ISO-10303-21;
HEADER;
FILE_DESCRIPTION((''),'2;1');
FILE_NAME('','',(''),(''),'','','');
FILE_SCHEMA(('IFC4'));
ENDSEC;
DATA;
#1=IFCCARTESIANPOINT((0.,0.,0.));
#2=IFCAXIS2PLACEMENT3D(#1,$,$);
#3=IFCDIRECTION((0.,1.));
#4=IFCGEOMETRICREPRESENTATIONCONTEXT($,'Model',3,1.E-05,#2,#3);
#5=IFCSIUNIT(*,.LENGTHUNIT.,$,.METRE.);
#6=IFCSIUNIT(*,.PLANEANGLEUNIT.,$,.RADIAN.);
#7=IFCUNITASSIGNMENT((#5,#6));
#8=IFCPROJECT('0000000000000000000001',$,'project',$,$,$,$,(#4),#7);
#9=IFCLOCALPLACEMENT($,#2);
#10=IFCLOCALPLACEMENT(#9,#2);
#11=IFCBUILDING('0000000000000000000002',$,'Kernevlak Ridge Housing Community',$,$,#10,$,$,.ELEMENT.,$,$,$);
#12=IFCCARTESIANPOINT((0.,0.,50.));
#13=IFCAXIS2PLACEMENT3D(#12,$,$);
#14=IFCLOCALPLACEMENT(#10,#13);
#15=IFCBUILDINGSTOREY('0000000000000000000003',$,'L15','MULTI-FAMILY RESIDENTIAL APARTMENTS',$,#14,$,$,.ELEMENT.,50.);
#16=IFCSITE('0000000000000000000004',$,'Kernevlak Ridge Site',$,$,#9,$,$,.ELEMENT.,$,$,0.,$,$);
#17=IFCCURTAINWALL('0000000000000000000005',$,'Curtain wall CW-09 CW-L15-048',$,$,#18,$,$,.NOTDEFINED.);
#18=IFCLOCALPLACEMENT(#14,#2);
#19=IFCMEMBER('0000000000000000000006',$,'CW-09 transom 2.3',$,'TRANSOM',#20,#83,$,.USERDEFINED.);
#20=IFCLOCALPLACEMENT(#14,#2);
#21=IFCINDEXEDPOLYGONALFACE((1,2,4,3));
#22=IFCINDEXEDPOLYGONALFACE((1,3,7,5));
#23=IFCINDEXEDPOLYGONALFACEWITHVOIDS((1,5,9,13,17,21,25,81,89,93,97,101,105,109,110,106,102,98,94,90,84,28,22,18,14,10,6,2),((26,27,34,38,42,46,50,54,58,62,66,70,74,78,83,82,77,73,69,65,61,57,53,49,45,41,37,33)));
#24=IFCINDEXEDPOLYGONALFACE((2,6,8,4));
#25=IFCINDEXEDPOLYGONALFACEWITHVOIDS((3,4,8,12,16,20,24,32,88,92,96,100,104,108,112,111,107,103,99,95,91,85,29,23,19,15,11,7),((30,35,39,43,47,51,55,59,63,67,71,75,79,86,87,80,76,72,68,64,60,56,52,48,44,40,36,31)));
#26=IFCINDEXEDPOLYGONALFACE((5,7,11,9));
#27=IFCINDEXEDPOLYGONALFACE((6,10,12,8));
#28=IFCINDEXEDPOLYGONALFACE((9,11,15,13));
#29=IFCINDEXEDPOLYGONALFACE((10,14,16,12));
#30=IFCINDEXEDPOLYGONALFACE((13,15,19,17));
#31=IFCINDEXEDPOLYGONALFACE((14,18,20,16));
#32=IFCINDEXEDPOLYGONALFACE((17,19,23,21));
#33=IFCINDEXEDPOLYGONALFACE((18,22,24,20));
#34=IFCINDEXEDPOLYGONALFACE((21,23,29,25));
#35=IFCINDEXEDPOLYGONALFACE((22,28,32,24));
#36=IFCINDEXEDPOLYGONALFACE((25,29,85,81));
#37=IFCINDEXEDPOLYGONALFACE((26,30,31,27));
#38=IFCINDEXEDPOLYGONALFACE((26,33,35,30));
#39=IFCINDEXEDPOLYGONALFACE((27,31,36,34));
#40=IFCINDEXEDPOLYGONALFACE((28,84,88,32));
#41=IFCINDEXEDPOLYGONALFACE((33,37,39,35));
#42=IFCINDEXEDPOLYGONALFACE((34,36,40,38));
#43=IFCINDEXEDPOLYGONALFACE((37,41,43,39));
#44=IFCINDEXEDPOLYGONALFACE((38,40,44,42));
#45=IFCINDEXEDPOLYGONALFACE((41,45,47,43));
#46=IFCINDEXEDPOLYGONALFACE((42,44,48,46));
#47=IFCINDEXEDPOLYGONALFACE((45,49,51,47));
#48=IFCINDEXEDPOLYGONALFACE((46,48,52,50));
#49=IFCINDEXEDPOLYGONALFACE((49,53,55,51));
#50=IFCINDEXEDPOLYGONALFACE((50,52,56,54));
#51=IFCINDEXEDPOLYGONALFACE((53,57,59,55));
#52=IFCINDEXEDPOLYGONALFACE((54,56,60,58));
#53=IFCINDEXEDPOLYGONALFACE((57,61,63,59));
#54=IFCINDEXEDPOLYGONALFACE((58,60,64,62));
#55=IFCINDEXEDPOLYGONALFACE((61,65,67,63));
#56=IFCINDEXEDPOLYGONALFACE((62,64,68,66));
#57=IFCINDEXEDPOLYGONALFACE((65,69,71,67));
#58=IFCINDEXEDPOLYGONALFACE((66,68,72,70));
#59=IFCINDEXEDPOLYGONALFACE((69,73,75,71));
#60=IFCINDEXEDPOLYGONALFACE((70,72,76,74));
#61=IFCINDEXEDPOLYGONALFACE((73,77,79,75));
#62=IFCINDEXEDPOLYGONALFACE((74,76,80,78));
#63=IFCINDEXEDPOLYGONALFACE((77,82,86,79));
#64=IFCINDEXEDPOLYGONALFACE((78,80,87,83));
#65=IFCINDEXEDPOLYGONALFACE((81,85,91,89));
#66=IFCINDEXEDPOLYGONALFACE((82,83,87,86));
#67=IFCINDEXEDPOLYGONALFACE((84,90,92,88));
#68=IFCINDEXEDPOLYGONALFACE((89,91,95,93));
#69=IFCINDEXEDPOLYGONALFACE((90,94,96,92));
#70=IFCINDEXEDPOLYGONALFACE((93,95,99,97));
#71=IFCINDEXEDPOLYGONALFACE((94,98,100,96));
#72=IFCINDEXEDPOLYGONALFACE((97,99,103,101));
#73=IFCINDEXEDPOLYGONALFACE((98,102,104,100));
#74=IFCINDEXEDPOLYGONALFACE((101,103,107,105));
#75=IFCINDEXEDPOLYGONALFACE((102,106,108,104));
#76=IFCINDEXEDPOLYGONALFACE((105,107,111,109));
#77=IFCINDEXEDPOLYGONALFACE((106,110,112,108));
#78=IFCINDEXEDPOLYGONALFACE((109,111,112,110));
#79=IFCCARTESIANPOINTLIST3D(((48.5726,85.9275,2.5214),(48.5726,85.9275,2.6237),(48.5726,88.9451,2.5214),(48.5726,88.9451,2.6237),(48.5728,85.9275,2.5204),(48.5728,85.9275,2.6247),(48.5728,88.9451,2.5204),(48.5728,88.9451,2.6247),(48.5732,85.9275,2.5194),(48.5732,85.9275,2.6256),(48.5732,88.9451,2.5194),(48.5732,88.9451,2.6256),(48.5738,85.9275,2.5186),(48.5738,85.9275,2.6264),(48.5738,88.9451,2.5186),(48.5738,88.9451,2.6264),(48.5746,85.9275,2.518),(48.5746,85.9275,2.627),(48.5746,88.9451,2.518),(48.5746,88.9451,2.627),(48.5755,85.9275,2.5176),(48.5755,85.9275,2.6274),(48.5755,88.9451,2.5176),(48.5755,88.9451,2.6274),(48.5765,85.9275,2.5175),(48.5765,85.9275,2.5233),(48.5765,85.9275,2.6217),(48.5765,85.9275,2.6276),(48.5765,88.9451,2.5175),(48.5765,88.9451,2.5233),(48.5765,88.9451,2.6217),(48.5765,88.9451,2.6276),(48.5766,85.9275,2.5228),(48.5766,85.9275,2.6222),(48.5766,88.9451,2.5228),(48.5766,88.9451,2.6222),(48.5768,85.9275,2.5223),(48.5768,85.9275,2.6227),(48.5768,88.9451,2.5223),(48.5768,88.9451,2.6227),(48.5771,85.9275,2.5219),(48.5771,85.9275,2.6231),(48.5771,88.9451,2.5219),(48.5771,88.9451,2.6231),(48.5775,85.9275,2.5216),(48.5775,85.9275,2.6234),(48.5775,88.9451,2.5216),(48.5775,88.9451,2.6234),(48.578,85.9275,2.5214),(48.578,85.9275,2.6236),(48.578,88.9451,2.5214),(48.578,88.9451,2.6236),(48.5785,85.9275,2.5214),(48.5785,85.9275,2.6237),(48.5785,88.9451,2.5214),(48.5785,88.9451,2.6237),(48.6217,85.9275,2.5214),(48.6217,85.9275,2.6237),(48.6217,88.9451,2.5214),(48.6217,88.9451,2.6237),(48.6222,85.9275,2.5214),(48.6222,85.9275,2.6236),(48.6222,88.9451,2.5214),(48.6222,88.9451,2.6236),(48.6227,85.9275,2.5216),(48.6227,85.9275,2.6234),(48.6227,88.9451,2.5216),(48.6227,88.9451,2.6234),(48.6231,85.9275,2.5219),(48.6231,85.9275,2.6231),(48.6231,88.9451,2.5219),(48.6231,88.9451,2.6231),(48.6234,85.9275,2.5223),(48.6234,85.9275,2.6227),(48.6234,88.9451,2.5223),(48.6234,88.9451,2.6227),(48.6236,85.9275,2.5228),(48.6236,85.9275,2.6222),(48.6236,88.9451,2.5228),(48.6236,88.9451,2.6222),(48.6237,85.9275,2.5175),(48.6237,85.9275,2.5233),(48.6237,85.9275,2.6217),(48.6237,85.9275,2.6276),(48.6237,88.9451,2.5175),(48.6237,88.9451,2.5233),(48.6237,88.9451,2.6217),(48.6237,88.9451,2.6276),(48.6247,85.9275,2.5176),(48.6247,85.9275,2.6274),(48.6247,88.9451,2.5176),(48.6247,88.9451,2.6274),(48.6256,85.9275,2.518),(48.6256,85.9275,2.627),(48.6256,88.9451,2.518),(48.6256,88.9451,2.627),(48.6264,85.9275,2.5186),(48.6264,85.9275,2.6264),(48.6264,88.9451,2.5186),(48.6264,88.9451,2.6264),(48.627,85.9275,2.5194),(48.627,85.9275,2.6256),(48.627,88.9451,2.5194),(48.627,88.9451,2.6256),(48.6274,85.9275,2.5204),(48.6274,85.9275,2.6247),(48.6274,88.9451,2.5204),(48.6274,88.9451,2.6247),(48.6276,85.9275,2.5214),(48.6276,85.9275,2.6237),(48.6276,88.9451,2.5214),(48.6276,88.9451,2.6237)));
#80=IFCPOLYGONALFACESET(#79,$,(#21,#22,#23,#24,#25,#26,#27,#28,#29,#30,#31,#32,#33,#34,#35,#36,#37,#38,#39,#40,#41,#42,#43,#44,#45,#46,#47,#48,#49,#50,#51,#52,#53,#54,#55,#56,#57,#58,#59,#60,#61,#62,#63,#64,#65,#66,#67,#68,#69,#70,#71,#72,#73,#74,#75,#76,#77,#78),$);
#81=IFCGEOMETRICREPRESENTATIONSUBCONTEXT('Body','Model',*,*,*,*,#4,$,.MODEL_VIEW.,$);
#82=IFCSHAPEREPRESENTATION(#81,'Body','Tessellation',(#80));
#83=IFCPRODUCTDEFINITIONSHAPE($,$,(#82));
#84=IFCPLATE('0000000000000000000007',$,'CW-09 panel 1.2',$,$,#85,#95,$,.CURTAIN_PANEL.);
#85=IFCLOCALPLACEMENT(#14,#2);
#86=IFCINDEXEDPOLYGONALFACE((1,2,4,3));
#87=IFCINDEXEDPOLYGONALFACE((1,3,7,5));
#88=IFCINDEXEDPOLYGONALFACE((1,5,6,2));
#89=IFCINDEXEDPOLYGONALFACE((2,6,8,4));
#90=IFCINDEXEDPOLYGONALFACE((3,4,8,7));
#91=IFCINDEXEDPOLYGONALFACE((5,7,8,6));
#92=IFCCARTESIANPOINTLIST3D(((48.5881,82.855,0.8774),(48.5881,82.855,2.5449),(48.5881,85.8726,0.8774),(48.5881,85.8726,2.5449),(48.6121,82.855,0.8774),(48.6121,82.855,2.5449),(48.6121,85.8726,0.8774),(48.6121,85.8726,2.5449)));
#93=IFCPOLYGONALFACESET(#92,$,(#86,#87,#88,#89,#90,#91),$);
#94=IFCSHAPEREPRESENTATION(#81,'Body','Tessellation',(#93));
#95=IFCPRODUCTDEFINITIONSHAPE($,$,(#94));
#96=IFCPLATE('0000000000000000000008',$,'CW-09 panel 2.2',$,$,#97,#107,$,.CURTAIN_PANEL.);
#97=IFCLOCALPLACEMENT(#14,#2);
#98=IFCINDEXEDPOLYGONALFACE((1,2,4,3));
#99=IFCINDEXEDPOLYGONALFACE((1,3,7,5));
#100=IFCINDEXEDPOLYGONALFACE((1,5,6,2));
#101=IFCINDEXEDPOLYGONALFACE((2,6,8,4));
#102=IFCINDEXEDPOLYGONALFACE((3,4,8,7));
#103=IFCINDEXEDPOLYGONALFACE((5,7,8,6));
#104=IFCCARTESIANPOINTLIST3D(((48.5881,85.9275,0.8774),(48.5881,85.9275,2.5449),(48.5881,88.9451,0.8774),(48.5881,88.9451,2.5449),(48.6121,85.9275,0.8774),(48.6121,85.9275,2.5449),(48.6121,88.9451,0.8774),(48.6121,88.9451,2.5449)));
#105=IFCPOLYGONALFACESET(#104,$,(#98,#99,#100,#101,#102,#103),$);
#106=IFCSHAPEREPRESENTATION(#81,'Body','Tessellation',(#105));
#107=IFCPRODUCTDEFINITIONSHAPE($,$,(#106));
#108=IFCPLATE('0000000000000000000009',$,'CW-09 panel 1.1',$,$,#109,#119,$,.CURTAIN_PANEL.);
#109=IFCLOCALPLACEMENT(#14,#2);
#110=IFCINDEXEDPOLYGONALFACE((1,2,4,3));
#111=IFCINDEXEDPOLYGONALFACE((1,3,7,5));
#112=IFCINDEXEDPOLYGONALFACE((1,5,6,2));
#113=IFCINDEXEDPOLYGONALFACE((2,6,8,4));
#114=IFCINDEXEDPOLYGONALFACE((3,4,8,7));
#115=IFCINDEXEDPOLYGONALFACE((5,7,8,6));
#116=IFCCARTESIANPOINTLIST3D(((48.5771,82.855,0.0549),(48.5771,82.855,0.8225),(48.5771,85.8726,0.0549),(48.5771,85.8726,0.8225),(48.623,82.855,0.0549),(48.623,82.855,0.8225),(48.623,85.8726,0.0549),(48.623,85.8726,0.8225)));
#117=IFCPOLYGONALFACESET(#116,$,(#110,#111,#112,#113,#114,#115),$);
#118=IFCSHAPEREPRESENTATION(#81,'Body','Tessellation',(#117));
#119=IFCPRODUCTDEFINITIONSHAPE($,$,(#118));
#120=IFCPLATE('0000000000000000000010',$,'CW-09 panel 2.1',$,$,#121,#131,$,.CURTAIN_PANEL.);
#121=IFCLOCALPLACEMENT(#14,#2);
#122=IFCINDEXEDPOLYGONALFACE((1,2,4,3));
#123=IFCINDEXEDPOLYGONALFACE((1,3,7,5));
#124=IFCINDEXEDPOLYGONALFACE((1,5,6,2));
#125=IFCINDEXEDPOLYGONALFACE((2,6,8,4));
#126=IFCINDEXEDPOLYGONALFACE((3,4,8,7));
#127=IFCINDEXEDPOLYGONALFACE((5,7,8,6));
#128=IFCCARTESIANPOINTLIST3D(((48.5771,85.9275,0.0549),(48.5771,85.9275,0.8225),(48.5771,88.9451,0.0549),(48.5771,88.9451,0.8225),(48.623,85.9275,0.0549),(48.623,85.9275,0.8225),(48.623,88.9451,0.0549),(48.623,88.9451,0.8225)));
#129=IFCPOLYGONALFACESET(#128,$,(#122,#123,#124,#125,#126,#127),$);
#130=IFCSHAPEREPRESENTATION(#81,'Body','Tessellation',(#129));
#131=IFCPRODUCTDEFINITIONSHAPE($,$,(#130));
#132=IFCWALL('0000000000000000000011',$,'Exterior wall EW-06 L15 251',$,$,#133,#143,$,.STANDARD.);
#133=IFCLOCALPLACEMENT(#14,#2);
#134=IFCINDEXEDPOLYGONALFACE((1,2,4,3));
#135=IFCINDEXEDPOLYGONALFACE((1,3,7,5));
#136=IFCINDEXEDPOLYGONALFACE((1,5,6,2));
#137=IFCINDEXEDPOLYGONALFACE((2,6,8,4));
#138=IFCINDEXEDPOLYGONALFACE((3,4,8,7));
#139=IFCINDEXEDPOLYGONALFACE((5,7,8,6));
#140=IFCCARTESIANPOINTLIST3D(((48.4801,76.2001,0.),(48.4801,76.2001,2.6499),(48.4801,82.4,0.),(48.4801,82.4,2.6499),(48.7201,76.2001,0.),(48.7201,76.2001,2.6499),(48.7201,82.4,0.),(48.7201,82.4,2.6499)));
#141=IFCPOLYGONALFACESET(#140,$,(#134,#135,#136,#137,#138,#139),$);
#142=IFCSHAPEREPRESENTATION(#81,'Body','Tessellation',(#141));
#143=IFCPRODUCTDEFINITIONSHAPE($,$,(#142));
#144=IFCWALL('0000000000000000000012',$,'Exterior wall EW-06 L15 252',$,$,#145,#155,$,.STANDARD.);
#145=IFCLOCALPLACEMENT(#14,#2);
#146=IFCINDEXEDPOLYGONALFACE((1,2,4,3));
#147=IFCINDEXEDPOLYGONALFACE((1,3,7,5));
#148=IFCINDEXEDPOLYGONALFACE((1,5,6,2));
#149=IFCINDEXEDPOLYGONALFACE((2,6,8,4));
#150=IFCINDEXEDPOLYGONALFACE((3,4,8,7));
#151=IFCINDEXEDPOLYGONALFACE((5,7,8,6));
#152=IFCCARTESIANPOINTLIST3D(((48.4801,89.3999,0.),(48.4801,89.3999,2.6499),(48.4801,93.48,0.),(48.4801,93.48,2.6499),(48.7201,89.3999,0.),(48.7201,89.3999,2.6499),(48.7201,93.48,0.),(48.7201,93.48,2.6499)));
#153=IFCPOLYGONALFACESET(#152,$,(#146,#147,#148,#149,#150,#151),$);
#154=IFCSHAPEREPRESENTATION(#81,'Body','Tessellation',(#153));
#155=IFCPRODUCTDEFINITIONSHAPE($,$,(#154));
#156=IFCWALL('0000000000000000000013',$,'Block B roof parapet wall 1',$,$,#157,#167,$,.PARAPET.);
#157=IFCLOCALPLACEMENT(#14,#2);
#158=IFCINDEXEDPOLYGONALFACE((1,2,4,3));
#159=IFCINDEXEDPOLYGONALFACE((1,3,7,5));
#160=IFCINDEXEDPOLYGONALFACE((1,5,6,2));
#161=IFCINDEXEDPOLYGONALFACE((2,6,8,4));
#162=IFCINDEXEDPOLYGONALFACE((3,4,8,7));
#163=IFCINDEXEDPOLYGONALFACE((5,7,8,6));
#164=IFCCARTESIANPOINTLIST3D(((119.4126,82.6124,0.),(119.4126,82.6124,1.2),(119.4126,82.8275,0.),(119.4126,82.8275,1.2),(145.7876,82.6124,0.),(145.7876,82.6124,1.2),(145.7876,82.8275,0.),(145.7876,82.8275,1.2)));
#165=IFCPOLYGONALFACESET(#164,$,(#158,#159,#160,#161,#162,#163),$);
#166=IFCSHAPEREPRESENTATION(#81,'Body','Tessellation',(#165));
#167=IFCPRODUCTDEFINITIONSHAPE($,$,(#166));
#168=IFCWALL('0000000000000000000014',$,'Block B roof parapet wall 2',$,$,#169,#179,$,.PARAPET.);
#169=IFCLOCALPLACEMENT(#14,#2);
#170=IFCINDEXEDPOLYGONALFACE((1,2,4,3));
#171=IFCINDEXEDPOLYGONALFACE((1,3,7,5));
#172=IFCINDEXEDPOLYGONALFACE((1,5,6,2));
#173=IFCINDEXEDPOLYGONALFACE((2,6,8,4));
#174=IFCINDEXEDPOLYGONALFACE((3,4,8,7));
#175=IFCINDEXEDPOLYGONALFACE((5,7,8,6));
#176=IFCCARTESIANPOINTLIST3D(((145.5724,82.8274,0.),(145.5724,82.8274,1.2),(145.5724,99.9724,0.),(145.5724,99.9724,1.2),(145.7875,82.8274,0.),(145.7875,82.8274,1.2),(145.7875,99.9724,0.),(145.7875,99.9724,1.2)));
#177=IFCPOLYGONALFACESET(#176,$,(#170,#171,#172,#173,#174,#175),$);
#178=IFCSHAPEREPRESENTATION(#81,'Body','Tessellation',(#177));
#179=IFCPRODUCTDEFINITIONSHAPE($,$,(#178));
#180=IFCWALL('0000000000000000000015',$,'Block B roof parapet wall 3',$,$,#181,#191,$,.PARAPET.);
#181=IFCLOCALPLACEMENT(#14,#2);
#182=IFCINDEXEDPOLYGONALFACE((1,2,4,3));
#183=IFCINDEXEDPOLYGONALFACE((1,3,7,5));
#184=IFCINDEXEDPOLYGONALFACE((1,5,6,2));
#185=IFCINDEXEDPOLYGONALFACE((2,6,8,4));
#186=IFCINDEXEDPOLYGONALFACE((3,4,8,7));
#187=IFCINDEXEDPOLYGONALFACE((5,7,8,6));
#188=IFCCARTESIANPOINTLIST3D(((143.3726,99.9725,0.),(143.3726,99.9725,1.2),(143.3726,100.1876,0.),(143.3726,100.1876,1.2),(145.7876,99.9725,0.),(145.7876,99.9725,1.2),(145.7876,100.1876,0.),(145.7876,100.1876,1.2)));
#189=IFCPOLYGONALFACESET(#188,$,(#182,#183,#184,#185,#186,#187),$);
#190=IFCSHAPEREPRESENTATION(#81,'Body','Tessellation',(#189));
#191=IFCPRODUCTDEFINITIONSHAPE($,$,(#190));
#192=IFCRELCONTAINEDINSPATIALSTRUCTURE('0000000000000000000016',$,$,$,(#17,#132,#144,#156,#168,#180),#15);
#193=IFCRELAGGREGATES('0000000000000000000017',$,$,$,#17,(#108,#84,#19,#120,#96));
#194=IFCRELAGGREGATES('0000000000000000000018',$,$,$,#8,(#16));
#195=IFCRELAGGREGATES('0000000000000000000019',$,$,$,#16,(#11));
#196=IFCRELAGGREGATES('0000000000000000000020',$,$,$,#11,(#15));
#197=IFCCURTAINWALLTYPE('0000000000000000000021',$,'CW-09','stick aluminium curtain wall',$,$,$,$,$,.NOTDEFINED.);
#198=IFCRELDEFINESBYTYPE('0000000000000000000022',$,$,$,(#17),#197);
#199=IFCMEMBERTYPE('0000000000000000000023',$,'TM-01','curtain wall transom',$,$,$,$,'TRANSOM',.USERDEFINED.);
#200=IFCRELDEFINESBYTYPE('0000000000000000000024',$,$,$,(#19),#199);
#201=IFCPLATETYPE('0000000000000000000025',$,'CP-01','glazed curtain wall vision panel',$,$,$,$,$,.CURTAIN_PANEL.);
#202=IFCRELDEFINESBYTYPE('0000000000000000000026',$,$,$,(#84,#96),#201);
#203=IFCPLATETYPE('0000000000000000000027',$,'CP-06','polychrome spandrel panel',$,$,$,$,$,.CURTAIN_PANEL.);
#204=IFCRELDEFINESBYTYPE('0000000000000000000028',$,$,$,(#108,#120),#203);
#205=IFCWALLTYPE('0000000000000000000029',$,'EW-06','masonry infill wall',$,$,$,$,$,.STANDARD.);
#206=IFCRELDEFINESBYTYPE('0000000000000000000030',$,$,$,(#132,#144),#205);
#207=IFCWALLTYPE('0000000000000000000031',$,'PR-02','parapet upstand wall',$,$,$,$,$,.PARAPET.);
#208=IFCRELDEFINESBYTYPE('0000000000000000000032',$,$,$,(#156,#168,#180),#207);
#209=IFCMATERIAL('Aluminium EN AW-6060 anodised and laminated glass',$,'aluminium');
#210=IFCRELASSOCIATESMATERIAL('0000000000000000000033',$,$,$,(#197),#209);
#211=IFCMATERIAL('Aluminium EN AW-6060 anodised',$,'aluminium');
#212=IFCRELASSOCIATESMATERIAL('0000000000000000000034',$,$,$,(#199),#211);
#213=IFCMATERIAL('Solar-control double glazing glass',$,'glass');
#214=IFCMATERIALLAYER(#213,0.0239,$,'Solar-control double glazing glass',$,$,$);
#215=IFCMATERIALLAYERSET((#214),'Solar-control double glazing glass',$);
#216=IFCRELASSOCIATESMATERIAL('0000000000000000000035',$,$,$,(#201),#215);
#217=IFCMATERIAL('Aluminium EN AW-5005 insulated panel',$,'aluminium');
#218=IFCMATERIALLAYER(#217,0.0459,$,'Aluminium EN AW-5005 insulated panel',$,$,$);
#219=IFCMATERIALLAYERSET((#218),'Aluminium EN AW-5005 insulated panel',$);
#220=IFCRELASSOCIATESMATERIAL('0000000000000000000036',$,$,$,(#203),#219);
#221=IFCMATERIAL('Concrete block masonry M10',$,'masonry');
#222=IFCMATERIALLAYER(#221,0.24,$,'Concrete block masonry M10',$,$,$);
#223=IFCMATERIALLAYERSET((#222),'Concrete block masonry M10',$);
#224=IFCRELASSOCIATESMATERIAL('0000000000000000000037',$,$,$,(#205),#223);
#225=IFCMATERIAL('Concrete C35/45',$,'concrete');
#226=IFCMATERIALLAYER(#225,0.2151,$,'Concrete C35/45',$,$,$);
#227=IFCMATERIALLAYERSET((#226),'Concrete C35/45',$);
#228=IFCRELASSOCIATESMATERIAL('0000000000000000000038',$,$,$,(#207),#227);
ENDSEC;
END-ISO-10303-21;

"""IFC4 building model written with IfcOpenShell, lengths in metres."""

from ifc_helpers import new_model, si_unit, direction, frame, frame_2d, origin, origin_2d, place, context, subcontext, project, spatial, rectangle, hollow_rectangle, extrude, material, layer, layer_set, material_profile, profile_set, type_object, element, aggregate, save


model = new_model("IFC4")

# Units and contexts
model_context = context("Model", 3, precision=1e-05, world=origin(), true_north=direction((0.0, 1.0)))
body_context = subcontext(model_context, "Body", "Model", "MODEL_VIEW")
ifc_project = project(units=[si_unit("LENGTHUNIT", "METRE"), si_unit("PLANEANGLEUNIT", "RADIAN")], contexts=[model_context])

# Site, building, storey
site_placement = place(None, origin())
site = spatial("IfcSite", under=ifc_project, at=site_placement, Name="Kernevlak Ridge Site", CompositionType="ELEMENT", RefElevation=0.0)
building_placement = place(site_placement, origin())
building = spatial("IfcBuilding", under=site, at=building_placement, Name="Kernevlak Ridge Housing Community", CompositionType="ELEMENT")
storey_placement = place(building_placement, frame((0.0, 0.0, 50.0)))
storey = spatial("IfcBuildingStorey", under=building, at=storey_placement, Name="L15", Description="MULTI-FAMILY RESIDENTIAL APARTMENTS", CompositionType="ELEMENT", Elevation=50.0)

# Shared definitions
ifc_material_1 = material(Name="Concrete C35/45", Category="concrete")

# Curtain wall
ifc_material_2 = material(Name="Aluminium EN AW-6060 anodised and laminated glass", Category="aluminium")
curtain_wall_type = type_object("IfcCurtainWallType", Name="CW-09", Description="stick aluminium curtain wall", PredefinedType="NOTDEFINED", material=ifc_material_2)
curtain_wall_placement = place(storey_placement, origin())
curtain_wall = element("IfcCurtainWall", 1, at=curtain_wall_placement, inside=storey, type_object=curtain_wall_type, Name="Curtain wall CW-09 CW-L15-048", PredefinedType="NOTDEFINED")
ifc_material_3 = material(Name="Aluminium EN AW-6060 anodised", Category="aluminium")

# Member
ifc_material_profile_1 = material_profile(ifc_material_3, hollow_rectangle(XDim=0.0549, YDim=0.1101, WallThickness=0.0039, InnerFilletRadius=0.002, OuterFilletRadius=0.0039, at=origin_2d()), Name="ALU 55x110x4")
ifc_profile_set_1 = profile_set([ifc_material_profile_1], Name="Aluminium EN AW-6060 anodised")
member_type_1 = type_object("IfcMemberType", Name="TM-01", Description="curtain wall transom", ElementType="TRANSOM", PredefinedType="USERDEFINED", material=ifc_profile_set_1)
member_1_placement = place(storey_placement, frame((48.6001, 85.9275, 2.5725), z_axis=(0.0, 1.0, 0.0), x_axis=(-1.0, 0.0, 0.0)))
member_1 = element("IfcMember", 2, at=member_1_placement, type_object=member_type_1, Name="CW-09 transom 2.3", ObjectType="TRANSOM", PredefinedType="USERDEFINED", context=body_context, shape_type="SweptSolid", body=[
    extrude(hollow_rectangle(XDim=0.0549, YDim=0.1101, WallThickness=0.0039, InnerFilletRadius=0.002, OuterFilletRadius=0.0039, at=origin_2d()), origin(), (0.0, 0.0, 1.0), 3.0176),
])

# Plates
ifc_material_4 = material(Name="Solar-control double glazing glass", Category="glass")
ifc_layer_1 = layer(ifc_material_4, 0.0239, Name="Solar-control double glazing glass")
ifc_layer_set_1 = layer_set([ifc_layer_1], Name="Solar-control double glazing glass")
plate_type_1 = type_object("IfcPlateType", Name="CP-01", Description="glazed curtain wall vision panel", PredefinedType="CURTAIN_PANEL", material=ifc_layer_set_1)
plate_1_placement = place(storey_placement, frame((48.6001, 84.3638, 0.8774), z_axis=(0.0, 0.0, 1.0), x_axis=(0.0, 1.0, 0.0)))
plate_1 = element("IfcPlate", 3, at=plate_1_placement, type_object=plate_type_1, Name="CW-09 panel 1.2", PredefinedType="CURTAIN_PANEL", context=body_context, shape_type="SweptSolid", body=[
    extrude(rectangle(XDim=3.0176, YDim=0.0239, at=origin_2d()), origin(), (0.0, 0.0, 1.0), 1.6675),
])
plate_2_placement = place(storey_placement, frame((48.6001, 87.4363, 0.8774), z_axis=(0.0, 0.0, 1.0), x_axis=(0.0, 1.0, 0.0)))
plate_2 = element("IfcPlate", 4, at=plate_2_placement, type_object=plate_type_1, Name="CW-09 panel 2.2", PredefinedType="CURTAIN_PANEL", context=body_context, shape_type="SweptSolid", body=[
    extrude(rectangle(XDim=3.0176, YDim=0.0239, at=origin_2d()), origin(), (0.0, 0.0, 1.0), 1.6675),
])
ifc_material_5 = material(Name="Aluminium EN AW-5005 insulated panel", Category="aluminium")
ifc_layer_2 = layer(ifc_material_5, 0.0459, Name="Aluminium EN AW-5005 insulated panel")
ifc_layer_set_2 = layer_set([ifc_layer_2], Name="Aluminium EN AW-5005 insulated panel")
plate_type_2 = type_object("IfcPlateType", Name="CP-06", Description="polychrome spandrel panel", PredefinedType="CURTAIN_PANEL", material=ifc_layer_set_2)
plate_3_placement = place(storey_placement, frame((48.6001, 84.3638, 0.0549), z_axis=(0.0, 0.0, 1.0), x_axis=(0.0, 1.0, 0.0)))
plate_3 = element("IfcPlate", 5, at=plate_3_placement, type_object=plate_type_2, Name="CW-09 panel 1.1", PredefinedType="CURTAIN_PANEL", context=body_context, shape_type="SweptSolid", body=[
    extrude(rectangle(XDim=3.0176, YDim=0.0459, at=origin_2d()), origin(), (0.0, 0.0, 1.0), 0.7676),
])
plate_4_placement = place(storey_placement, frame((48.6001, 87.4363, 0.0549), z_axis=(0.0, 0.0, 1.0), x_axis=(0.0, 1.0, 0.0)))
plate_4 = element("IfcPlate", 6, at=plate_4_placement, type_object=plate_type_2, Name="CW-09 panel 2.1", PredefinedType="CURTAIN_PANEL", context=body_context, shape_type="SweptSolid", body=[
    extrude(rectangle(XDim=3.0176, YDim=0.0459, at=origin_2d()), origin(), (0.0, 0.0, 1.0), 0.7676),
])
aggregate(curtain_wall, [plate_3, plate_1, member_1, plate_4, plate_2])

# Walls
ifc_material_6 = material(Name="Concrete block masonry M10", Category="masonry")
ifc_layer_3 = layer(ifc_material_6, 0.24, Name="Concrete block masonry M10")
ifc_layer_set_3 = layer_set([ifc_layer_3], Name="Concrete block masonry M10")
wall_type_1 = type_object("IfcWallType", Name="EW-06", Description="masonry infill wall", PredefinedType="STANDARD", material=ifc_layer_set_3)
wall_1_placement = place(storey_placement, frame((48.6001, 76.2, 0.0), z_axis=(0.0, 0.0, 1.0), x_axis=(0.0, 1.0, 0.0)))
element("IfcWall", 7, at=wall_1_placement, inside=storey, type_object=wall_type_1, Name="Exterior wall EW-06 L15 251", PredefinedType="STANDARD", context=body_context, shape_type="SweptSolid", body=[
    extrude(rectangle(XDim=6.2, YDim=0.24, at=frame_2d((3.1001, 0.0))), origin(), (0.0, 0.0, 1.0), 2.6499),
])
wall_2_placement = place(storey_placement, frame((48.6001, 89.3999, 0.0), z_axis=(0.0, 0.0, 1.0), x_axis=(0.0, 1.0, 0.0)))
element("IfcWall", 8, at=wall_2_placement, inside=storey, type_object=wall_type_1, Name="Exterior wall EW-06 L15 252", PredefinedType="STANDARD", context=body_context, shape_type="SweptSolid", body=[
    extrude(rectangle(XDim=4.0801, YDim=0.24, at=frame_2d((2.04, 0.0))), origin(), (0.0, 0.0, 1.0), 2.6499),
])
ifc_layer_4 = layer(ifc_material_1, 0.2151, Name="Concrete C35/45")
ifc_layer_set_4 = layer_set([ifc_layer_4], Name="Concrete C35/45")
wall_type_2 = type_object("IfcWallType", Name="PR-02", Description="parapet upstand wall", PredefinedType="PARAPET", material=ifc_layer_set_4)
wall_3_placement = place(storey_placement, frame((119.4126, 82.72, 0.0), z_axis=(0.0, 0.0, 1.0), x_axis=(1.0, 0.0, 0.0)))
element("IfcWall", 9, at=wall_3_placement, inside=storey, type_object=wall_type_2, Name="Block B roof parapet wall 1", PredefinedType="PARAPET", context=body_context, shape_type="SweptSolid", body=[
    extrude(rectangle(XDim=26.375, YDim=0.2151, at=frame_2d((13.1875, 0.0))), origin(), (0.0, 0.0, 1.0), 1.2),
])
wall_4_placement = place(storey_placement, frame((145.6799, 82.8274, 0.0), z_axis=(0.0, 0.0, 1.0), x_axis=(0.0, 1.0, 0.0)))
element("IfcWall", 10, at=wall_4_placement, inside=storey, type_object=wall_type_2, Name="Block B roof parapet wall 2", PredefinedType="PARAPET", context=body_context, shape_type="SweptSolid", body=[
    extrude(rectangle(XDim=17.145, YDim=0.2151, at=frame_2d((8.5725, 0.0))), origin(), (0.0, 0.0, 1.0), 1.2),
])
wall_5_placement = place(storey_placement, frame((145.7876, 100.0801, 0.0), z_axis=(0.0, 0.0, 1.0), x_axis=(-1.0, 0.0, 0.0)))
element("IfcWall", 11, at=wall_5_placement, inside=storey, type_object=wall_type_2, Name="Block B roof parapet wall 3", PredefinedType="PARAPET", context=body_context, shape_type="SweptSolid", body=[
    extrude(rectangle(XDim=2.415, YDim=0.2151, at=frame_2d((1.2075, 0.0))), origin(), (0.0, 0.0, 1.0), 1.2),
])

save(model, "model.ifc")
